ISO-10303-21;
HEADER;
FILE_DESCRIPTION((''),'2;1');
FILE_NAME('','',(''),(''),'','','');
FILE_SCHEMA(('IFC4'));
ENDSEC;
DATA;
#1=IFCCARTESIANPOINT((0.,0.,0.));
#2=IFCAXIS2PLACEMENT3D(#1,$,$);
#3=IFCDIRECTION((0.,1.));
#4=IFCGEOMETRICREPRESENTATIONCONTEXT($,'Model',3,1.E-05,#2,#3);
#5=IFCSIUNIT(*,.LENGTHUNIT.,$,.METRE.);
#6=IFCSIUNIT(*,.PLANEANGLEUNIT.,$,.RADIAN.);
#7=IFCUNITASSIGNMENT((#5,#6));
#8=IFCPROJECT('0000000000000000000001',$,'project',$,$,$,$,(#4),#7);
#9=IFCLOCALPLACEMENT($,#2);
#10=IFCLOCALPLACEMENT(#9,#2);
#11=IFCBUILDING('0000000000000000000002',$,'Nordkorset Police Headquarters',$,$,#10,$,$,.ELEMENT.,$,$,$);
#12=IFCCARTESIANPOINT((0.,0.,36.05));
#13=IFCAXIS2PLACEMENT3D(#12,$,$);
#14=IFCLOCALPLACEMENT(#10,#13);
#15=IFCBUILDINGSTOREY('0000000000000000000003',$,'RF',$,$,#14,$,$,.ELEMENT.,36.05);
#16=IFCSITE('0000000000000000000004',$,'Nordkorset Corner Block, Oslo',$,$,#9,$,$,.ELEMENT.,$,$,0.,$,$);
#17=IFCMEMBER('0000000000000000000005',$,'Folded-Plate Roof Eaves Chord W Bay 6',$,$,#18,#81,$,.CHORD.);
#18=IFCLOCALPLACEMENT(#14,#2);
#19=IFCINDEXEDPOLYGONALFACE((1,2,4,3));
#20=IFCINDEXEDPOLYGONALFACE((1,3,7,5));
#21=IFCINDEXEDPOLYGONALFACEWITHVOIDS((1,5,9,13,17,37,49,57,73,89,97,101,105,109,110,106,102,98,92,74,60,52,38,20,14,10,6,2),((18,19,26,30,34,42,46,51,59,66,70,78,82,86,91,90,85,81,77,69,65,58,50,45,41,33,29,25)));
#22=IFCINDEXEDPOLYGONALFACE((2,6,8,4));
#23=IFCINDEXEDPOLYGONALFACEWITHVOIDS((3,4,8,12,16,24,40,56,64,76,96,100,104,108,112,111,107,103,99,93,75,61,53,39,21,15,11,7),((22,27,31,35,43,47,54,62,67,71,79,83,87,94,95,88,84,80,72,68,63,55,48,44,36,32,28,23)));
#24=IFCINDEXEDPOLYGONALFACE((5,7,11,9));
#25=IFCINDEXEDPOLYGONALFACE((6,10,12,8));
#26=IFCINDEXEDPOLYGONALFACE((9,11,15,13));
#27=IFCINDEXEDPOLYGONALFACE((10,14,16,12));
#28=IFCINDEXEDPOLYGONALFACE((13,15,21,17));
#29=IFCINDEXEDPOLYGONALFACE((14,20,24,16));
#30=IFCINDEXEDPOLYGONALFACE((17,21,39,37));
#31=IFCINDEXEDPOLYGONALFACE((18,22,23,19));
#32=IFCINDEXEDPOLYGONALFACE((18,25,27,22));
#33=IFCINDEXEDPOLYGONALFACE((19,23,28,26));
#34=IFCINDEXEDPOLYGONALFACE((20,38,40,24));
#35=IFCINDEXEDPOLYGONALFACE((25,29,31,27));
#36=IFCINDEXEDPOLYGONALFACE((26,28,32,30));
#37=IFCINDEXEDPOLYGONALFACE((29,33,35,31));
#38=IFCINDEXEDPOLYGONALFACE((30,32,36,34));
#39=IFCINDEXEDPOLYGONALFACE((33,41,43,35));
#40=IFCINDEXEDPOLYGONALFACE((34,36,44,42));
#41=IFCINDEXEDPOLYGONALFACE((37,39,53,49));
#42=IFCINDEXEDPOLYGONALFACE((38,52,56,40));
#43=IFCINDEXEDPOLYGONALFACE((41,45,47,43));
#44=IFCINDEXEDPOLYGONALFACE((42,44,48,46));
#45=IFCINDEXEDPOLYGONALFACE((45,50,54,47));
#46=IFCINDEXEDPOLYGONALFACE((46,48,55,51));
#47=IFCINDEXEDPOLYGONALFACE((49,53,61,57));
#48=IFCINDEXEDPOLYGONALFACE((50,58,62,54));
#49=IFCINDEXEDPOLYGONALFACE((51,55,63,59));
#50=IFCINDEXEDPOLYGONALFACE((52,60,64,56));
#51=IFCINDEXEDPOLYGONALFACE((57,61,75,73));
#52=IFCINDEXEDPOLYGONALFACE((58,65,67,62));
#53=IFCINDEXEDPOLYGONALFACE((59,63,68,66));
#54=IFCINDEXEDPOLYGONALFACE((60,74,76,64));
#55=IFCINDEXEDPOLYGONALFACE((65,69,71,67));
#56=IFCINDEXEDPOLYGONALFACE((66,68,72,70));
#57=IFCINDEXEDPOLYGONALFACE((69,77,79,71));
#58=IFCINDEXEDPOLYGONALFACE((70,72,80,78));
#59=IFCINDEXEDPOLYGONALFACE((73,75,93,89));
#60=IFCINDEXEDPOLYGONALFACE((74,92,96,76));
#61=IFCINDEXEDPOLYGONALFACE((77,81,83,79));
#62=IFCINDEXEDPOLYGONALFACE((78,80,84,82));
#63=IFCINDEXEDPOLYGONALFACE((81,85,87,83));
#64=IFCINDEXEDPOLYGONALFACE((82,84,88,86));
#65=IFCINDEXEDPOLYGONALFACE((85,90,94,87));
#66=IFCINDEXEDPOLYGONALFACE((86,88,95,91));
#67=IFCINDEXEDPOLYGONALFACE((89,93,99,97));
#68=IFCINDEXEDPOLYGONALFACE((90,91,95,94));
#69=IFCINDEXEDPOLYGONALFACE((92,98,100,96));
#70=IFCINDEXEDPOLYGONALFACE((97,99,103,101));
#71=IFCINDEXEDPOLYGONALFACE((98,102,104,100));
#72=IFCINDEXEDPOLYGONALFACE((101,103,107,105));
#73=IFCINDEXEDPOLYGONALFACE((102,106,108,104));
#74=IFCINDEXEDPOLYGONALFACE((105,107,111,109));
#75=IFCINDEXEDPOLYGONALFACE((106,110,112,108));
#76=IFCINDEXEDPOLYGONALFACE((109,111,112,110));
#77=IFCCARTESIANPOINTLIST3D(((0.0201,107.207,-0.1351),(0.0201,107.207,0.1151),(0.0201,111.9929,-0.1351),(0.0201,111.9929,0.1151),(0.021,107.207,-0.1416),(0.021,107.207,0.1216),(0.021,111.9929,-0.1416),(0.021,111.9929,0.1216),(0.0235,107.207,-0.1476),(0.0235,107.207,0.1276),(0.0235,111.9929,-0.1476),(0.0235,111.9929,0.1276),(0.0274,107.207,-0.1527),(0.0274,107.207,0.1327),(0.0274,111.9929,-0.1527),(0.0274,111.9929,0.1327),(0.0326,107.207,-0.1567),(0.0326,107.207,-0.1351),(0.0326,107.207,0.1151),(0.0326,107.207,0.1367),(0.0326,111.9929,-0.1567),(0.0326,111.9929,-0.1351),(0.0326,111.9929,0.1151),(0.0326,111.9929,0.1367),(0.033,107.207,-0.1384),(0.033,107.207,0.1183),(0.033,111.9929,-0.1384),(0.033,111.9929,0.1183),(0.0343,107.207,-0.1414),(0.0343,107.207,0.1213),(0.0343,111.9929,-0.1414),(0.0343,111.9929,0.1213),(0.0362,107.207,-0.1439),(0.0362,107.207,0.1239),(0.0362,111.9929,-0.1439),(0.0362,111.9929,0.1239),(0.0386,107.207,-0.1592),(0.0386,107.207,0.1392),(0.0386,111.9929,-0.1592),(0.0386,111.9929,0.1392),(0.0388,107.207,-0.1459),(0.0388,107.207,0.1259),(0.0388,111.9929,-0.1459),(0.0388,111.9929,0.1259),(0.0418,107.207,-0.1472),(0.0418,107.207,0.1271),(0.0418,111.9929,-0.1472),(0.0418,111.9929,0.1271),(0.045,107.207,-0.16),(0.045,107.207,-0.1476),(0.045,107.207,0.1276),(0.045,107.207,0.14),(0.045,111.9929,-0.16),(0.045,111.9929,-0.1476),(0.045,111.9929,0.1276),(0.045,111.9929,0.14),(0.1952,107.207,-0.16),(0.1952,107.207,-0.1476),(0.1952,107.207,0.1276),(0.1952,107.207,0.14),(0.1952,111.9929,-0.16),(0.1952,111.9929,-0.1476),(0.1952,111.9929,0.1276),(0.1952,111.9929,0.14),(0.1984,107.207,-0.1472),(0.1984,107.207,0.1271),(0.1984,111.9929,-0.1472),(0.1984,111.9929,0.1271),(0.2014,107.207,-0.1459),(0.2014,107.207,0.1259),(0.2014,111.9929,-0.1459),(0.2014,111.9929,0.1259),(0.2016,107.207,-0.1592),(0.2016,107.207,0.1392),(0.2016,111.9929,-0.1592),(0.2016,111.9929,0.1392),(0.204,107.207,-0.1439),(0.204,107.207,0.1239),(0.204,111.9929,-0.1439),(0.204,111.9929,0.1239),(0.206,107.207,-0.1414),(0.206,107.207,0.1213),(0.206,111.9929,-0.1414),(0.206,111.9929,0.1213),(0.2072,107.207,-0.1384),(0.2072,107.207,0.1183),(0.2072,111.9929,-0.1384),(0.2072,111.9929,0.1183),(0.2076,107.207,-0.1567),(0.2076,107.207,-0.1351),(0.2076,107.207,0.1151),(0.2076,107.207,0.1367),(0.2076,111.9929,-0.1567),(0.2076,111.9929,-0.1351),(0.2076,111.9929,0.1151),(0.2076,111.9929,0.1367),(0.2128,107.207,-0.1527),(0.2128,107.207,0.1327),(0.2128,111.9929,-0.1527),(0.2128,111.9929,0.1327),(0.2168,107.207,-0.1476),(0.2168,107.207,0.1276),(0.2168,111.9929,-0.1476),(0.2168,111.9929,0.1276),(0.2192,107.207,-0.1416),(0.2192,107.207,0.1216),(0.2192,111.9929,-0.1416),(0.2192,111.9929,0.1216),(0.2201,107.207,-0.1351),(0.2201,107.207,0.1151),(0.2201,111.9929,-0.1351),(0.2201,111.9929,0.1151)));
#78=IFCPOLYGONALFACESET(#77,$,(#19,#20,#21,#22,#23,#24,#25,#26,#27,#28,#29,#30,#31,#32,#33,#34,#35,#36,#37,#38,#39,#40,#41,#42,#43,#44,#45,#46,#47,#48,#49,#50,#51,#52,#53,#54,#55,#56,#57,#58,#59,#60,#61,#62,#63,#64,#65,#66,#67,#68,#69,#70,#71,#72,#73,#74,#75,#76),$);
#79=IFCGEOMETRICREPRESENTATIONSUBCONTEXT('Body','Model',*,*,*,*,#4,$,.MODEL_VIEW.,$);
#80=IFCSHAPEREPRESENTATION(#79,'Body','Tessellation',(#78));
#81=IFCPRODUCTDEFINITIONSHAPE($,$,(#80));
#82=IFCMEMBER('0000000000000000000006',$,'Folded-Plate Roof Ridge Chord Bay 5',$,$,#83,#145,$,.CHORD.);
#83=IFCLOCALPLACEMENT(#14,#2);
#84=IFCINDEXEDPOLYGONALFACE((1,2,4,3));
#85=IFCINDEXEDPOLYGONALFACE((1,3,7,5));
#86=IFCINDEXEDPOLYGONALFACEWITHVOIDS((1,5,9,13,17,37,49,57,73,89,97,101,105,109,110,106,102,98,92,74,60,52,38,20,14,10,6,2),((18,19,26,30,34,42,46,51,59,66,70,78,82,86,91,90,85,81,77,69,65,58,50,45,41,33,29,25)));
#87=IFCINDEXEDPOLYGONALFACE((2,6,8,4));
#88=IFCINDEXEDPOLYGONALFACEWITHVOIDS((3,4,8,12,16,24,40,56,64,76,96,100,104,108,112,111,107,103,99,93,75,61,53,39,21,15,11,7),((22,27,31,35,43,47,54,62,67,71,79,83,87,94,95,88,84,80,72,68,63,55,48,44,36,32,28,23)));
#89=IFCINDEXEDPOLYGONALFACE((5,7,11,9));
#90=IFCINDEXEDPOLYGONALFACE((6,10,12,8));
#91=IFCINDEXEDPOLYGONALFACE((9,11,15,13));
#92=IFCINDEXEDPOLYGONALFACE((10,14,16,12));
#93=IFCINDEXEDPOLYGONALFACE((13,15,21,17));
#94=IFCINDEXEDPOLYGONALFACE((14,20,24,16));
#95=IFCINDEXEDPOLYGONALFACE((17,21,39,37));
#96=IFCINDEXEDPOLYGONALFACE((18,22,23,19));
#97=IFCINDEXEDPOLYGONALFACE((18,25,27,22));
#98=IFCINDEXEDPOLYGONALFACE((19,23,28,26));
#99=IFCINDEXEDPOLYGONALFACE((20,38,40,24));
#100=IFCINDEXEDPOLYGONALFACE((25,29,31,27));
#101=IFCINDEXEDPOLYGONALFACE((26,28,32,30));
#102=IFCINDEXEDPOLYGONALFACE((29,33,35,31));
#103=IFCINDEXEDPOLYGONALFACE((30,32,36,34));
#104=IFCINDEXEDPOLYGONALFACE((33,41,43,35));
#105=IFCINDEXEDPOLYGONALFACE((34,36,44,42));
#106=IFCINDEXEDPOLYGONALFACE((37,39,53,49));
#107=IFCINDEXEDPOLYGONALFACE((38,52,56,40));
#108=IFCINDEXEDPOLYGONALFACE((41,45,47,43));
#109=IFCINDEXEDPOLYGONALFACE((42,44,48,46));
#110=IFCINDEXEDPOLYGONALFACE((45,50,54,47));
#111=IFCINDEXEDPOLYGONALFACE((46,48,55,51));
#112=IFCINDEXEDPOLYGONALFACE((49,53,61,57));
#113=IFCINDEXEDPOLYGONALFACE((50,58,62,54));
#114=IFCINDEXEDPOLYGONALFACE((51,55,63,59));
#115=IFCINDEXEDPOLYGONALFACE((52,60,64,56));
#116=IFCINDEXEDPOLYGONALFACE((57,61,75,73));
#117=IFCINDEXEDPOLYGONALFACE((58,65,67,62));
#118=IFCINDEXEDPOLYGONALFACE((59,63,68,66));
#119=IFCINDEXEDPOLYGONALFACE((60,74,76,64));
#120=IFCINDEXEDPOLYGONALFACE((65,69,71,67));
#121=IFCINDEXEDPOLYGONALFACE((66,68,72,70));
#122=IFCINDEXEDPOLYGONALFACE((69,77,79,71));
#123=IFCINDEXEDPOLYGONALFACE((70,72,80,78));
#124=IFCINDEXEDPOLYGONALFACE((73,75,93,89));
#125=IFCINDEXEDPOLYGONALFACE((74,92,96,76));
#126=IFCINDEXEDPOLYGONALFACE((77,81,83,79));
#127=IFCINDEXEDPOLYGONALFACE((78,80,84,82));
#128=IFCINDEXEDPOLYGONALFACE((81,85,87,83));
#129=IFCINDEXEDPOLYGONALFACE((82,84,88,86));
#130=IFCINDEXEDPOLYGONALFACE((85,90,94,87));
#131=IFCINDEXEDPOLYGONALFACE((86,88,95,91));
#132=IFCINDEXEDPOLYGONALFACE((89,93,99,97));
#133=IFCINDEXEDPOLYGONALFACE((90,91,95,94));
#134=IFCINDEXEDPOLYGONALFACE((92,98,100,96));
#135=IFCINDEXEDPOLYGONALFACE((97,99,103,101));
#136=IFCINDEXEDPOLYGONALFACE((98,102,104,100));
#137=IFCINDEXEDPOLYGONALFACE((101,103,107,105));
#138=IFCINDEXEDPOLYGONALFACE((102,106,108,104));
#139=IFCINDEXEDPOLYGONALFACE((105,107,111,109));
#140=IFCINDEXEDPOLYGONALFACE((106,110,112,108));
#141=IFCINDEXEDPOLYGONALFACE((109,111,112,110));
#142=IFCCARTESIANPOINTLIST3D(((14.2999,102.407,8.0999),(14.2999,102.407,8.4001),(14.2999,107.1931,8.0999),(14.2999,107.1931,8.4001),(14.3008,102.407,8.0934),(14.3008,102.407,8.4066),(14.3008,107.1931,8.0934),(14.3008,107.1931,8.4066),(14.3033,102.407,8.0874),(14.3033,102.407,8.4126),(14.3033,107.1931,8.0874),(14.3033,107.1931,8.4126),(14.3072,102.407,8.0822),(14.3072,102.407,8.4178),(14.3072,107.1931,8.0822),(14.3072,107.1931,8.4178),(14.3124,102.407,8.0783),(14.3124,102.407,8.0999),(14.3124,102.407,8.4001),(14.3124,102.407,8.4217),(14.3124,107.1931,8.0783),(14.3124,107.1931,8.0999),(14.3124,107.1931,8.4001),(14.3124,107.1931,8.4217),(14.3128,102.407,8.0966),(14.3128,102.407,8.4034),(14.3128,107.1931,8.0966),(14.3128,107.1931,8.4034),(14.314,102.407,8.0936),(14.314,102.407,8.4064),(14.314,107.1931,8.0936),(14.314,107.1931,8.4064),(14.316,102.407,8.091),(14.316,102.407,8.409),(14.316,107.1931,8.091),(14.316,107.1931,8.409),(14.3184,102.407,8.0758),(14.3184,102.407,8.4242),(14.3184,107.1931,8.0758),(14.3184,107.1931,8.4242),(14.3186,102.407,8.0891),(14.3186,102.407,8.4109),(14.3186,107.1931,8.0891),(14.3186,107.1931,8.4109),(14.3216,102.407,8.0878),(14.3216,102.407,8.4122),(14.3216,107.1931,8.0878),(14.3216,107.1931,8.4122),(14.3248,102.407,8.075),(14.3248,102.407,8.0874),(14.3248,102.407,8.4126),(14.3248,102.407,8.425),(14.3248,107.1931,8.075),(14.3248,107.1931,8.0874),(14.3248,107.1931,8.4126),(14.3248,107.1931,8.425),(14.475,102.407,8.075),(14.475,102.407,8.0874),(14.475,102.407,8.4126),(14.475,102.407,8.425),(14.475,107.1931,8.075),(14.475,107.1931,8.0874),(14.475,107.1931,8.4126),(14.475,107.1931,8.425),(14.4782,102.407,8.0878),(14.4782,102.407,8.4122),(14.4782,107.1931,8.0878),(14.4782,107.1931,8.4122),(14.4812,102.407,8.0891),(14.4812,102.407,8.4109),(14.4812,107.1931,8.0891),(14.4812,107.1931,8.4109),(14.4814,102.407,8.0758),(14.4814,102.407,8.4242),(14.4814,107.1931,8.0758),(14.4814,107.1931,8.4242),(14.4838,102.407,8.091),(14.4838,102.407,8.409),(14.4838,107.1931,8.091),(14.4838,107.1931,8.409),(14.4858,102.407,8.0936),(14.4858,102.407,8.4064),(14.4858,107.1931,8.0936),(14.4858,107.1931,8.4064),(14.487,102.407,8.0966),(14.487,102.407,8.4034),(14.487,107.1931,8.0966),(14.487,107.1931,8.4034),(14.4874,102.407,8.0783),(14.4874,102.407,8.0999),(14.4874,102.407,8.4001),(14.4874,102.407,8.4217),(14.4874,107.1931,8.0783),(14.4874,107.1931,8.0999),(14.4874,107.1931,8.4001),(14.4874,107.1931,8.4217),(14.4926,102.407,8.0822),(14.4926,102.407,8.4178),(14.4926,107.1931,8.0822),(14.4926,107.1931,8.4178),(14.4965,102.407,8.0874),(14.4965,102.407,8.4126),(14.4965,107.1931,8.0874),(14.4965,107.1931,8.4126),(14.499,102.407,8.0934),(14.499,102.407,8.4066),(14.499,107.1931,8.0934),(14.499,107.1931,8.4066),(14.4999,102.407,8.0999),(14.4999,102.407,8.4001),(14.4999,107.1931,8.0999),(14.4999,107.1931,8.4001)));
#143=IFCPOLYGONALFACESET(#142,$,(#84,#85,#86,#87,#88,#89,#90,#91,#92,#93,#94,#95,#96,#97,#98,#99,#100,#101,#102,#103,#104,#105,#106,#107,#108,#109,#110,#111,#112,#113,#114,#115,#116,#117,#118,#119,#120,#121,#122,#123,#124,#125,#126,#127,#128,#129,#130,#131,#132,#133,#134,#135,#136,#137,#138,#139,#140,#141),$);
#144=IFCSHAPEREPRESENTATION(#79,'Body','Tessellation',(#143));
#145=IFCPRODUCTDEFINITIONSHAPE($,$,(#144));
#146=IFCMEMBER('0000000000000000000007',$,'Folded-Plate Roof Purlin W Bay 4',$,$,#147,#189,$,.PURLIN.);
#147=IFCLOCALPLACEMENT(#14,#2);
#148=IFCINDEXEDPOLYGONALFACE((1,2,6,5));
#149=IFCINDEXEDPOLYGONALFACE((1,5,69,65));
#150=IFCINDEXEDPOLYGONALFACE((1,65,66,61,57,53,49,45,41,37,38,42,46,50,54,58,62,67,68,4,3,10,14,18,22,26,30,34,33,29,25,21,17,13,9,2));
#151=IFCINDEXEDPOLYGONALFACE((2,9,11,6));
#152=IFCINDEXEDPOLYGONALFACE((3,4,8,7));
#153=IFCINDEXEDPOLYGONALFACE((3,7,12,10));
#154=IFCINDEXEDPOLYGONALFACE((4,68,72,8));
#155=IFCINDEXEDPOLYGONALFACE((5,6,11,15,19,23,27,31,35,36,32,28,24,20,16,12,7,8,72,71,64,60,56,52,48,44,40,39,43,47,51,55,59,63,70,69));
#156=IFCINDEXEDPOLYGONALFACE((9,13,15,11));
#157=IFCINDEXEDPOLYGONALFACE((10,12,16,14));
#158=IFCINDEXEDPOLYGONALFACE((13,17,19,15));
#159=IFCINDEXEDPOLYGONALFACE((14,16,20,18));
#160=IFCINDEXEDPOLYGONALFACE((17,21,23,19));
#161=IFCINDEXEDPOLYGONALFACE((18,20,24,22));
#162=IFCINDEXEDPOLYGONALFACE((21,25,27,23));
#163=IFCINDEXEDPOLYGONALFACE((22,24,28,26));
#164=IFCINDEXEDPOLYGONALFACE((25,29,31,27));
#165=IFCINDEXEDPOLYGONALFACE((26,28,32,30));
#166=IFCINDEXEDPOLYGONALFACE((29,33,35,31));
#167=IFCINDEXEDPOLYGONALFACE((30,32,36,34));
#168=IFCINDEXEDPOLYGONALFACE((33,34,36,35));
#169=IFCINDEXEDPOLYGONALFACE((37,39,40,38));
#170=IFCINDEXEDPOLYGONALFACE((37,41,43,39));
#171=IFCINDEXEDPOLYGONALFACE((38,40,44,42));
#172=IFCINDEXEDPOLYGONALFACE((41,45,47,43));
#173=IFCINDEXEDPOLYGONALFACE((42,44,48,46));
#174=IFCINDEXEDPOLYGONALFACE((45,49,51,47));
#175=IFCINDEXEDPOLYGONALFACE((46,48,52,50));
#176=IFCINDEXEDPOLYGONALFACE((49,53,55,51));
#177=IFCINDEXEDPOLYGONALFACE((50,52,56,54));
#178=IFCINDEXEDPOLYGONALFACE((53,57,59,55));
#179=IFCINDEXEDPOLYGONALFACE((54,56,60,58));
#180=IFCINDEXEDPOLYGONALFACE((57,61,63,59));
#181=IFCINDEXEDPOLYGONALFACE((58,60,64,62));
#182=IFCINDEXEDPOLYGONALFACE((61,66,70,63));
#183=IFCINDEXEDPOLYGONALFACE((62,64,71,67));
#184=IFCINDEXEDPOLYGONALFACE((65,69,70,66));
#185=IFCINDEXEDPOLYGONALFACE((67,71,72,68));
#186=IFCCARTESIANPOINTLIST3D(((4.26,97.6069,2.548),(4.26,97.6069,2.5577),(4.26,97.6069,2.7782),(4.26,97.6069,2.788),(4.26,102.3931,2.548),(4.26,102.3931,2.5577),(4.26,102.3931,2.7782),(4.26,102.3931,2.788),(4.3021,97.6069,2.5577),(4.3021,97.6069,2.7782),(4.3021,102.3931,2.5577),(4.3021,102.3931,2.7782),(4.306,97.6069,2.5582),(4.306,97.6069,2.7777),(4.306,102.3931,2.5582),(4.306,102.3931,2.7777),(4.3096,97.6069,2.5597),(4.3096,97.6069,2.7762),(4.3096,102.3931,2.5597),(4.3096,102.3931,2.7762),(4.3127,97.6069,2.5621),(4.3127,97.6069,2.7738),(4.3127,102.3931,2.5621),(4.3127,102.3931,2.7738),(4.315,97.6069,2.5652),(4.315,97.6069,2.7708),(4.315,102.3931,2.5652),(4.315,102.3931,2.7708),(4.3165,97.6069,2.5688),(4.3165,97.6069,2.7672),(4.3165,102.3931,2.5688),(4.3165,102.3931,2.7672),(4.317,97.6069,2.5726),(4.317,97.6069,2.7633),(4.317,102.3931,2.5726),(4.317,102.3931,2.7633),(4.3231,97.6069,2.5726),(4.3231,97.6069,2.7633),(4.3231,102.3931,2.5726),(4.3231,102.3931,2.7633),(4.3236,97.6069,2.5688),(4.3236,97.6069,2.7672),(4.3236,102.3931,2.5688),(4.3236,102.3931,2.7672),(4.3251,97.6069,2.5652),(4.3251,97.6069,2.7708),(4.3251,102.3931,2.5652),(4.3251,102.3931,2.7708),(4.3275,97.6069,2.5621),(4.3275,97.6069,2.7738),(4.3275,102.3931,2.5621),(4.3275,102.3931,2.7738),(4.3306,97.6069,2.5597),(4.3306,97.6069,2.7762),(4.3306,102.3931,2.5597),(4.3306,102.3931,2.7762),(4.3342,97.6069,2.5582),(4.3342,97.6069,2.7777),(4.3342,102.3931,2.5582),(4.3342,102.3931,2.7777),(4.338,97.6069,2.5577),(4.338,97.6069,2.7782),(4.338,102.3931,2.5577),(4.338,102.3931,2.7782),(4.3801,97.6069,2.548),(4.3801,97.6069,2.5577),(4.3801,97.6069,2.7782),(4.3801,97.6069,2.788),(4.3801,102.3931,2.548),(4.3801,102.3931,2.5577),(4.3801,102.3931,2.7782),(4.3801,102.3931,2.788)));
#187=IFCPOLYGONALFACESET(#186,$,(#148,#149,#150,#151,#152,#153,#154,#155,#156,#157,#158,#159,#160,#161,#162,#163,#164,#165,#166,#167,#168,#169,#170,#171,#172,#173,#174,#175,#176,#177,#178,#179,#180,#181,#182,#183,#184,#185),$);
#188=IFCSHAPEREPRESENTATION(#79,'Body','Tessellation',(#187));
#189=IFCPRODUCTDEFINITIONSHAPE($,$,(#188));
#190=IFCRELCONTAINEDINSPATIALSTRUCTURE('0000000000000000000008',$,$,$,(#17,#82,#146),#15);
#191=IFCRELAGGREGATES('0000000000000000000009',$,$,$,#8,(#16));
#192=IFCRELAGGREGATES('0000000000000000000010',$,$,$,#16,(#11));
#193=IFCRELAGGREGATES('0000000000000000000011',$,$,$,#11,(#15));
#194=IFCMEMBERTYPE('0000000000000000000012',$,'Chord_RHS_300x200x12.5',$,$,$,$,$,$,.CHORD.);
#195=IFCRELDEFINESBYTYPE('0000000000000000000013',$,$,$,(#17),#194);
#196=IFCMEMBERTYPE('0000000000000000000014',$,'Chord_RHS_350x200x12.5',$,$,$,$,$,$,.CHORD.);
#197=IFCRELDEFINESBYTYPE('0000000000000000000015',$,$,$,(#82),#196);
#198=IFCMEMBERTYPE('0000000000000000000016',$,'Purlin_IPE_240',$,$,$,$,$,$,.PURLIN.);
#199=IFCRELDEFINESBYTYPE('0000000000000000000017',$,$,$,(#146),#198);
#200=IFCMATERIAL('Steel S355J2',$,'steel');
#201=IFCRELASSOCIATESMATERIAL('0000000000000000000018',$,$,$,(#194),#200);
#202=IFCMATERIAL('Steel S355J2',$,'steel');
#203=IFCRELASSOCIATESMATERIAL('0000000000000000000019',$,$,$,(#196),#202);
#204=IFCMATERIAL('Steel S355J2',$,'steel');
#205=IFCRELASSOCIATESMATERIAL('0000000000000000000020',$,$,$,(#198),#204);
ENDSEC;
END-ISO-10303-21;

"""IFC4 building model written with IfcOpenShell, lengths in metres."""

from ifc_helpers import new_model, si_unit, direction, frame, origin, origin_2d, place, context, subcontext, project, spatial, hollow_rectangle, i_section, extrude, material, material_profile, profile_set, type_object, element, save


model = new_model("IFC4")

# Units and contexts
model_context = context("Model", 3, precision=1e-05, world=origin(), true_north=direction((0.0, 1.0)))
body_context = subcontext(model_context, "Body", "Model", "MODEL_VIEW")
ifc_project = project(units=[si_unit("LENGTHUNIT", "METRE"), si_unit("PLANEANGLEUNIT", "RADIAN")], contexts=[model_context])

# Site, building, storey
site_placement = place(None, origin())
site = spatial("IfcSite", under=ifc_project, at=site_placement, Name="Nordkorset Corner Block, Oslo", CompositionType="ELEMENT", RefElevation=0.0)
building_placement = place(site_placement, origin())
building = spatial("IfcBuilding", under=site, at=building_placement, Name="Nordkorset Police Headquarters", CompositionType="ELEMENT")
storey_placement = place(building_placement, frame((0.0, 0.0, 36.05)))
storey = spatial("IfcBuildingStorey", under=building, at=storey_placement, Name="RF", CompositionType="ELEMENT", Elevation=36.05)

# Members
ifc_material_1 = material(Name="Steel S355J2", Category="steel")
ifc_material_profile_1 = material_profile(ifc_material_1, hollow_rectangle(XDim=0.2, YDim=0.3, WallThickness=0.0125, InnerFilletRadius=0.0125, OuterFilletRadius=0.0249, at=origin_2d()), Name="RHS 300x200x12.5")
ifc_profile_set_1 = profile_set([ifc_material_profile_1], Name="Steel S355J2")
member_type_1 = type_object("IfcMemberType", Name="Chord_RHS_300x200x12.5", PredefinedType="CHORD", material=ifc_profile_set_1)
member_1_placement = place(storey_placement, frame((0.1201, 107.207, -0.01), z_axis=(0.0, 1.0, 0.0), x_axis=(-1.0, 0.0, 0.0)))
element("IfcMember", 1, at=member_1_placement, inside=storey, type_object=member_type_1, Name="Folded-Plate Roof Eaves Chord W Bay 6", PredefinedType="CHORD", context=body_context, shape_type="SweptSolid", body=[
    extrude(hollow_rectangle(XDim=0.2, YDim=0.3, WallThickness=0.0125, InnerFilletRadius=0.0125, OuterFilletRadius=0.0249, at=origin_2d()), origin(), (0.0, 0.0, 1.0), 4.7859),
])
ifc_material_2 = material(Name="Steel S355J2", Category="steel")
ifc_material_profile_2 = material_profile(ifc_material_2, hollow_rectangle(XDim=0.2, YDim=0.3501, WallThickness=0.0125, InnerFilletRadius=0.0125, OuterFilletRadius=0.0249, at=origin_2d()), Name="RHS 350x200x12.5")
ifc_profile_set_2 = profile_set([ifc_material_profile_2], Name="Steel S355J2")
member_type_2 = type_object("IfcMemberType", Name="Chord_RHS_350x200x12.5", PredefinedType="CHORD", material=ifc_profile_set_2)
member_2_placement = place(storey_placement, frame((14.3999, 102.407, 8.25), z_axis=(0.0, 1.0, 0.0), x_axis=(-1.0, 0.0, 0.0)))
element("IfcMember", 2, at=member_2_placement, inside=storey, type_object=member_type_2, Name="Folded-Plate Roof Ridge Chord Bay 5", PredefinedType="CHORD", context=body_context, shape_type="SweptSolid", body=[
    extrude(hollow_rectangle(XDim=0.2, YDim=0.3501, WallThickness=0.0125, InnerFilletRadius=0.0125, OuterFilletRadius=0.0249, at=origin_2d()), origin(), (0.0, 0.0, 1.0), 4.7861),
])
ifc_material_3 = material(Name="Steel S355J2", Category="steel")
ifc_material_profile_3 = material_profile(ifc_material_3, i_section(OverallWidth=0.1201, OverallDepth=0.24, WebThickness=0.0061, FlangeThickness=0.0098, FilletRadius=0.0149, at=origin_2d()), Name="IPE 240")
ifc_profile_set_3 = profile_set([ifc_material_profile_3], Name="Steel S355J2")
member_type_3 = type_object("IfcMemberType", Name="Purlin_IPE_240", PredefinedType="PURLIN", material=ifc_profile_set_3)
for number, where, z_axis, x_axis, name in (
    (3, (4.3201, 97.6069, 2.668), (0.0, 1.0, 0.0), (-1.0, 0.0, 0.0), "Folded-Plate Roof Purlin W Bay 4"),
):
    element("IfcMember", number, at=place(storey_placement, frame(where, z_axis=z_axis, x_axis=x_axis)), inside=storey, type_object=member_type_3, Name=name, PredefinedType="PURLIN", context=body_context, shape_type="SweptSolid", body=[
        extrude(i_section(OverallWidth=0.1201, OverallDepth=0.24, WebThickness=0.0061, FlangeThickness=0.0098, FilletRadius=0.0149, at=origin_2d()), origin(), (0.0, 0.0, 1.0), 4.7861),
    ])

save(model, "model.ifc")
